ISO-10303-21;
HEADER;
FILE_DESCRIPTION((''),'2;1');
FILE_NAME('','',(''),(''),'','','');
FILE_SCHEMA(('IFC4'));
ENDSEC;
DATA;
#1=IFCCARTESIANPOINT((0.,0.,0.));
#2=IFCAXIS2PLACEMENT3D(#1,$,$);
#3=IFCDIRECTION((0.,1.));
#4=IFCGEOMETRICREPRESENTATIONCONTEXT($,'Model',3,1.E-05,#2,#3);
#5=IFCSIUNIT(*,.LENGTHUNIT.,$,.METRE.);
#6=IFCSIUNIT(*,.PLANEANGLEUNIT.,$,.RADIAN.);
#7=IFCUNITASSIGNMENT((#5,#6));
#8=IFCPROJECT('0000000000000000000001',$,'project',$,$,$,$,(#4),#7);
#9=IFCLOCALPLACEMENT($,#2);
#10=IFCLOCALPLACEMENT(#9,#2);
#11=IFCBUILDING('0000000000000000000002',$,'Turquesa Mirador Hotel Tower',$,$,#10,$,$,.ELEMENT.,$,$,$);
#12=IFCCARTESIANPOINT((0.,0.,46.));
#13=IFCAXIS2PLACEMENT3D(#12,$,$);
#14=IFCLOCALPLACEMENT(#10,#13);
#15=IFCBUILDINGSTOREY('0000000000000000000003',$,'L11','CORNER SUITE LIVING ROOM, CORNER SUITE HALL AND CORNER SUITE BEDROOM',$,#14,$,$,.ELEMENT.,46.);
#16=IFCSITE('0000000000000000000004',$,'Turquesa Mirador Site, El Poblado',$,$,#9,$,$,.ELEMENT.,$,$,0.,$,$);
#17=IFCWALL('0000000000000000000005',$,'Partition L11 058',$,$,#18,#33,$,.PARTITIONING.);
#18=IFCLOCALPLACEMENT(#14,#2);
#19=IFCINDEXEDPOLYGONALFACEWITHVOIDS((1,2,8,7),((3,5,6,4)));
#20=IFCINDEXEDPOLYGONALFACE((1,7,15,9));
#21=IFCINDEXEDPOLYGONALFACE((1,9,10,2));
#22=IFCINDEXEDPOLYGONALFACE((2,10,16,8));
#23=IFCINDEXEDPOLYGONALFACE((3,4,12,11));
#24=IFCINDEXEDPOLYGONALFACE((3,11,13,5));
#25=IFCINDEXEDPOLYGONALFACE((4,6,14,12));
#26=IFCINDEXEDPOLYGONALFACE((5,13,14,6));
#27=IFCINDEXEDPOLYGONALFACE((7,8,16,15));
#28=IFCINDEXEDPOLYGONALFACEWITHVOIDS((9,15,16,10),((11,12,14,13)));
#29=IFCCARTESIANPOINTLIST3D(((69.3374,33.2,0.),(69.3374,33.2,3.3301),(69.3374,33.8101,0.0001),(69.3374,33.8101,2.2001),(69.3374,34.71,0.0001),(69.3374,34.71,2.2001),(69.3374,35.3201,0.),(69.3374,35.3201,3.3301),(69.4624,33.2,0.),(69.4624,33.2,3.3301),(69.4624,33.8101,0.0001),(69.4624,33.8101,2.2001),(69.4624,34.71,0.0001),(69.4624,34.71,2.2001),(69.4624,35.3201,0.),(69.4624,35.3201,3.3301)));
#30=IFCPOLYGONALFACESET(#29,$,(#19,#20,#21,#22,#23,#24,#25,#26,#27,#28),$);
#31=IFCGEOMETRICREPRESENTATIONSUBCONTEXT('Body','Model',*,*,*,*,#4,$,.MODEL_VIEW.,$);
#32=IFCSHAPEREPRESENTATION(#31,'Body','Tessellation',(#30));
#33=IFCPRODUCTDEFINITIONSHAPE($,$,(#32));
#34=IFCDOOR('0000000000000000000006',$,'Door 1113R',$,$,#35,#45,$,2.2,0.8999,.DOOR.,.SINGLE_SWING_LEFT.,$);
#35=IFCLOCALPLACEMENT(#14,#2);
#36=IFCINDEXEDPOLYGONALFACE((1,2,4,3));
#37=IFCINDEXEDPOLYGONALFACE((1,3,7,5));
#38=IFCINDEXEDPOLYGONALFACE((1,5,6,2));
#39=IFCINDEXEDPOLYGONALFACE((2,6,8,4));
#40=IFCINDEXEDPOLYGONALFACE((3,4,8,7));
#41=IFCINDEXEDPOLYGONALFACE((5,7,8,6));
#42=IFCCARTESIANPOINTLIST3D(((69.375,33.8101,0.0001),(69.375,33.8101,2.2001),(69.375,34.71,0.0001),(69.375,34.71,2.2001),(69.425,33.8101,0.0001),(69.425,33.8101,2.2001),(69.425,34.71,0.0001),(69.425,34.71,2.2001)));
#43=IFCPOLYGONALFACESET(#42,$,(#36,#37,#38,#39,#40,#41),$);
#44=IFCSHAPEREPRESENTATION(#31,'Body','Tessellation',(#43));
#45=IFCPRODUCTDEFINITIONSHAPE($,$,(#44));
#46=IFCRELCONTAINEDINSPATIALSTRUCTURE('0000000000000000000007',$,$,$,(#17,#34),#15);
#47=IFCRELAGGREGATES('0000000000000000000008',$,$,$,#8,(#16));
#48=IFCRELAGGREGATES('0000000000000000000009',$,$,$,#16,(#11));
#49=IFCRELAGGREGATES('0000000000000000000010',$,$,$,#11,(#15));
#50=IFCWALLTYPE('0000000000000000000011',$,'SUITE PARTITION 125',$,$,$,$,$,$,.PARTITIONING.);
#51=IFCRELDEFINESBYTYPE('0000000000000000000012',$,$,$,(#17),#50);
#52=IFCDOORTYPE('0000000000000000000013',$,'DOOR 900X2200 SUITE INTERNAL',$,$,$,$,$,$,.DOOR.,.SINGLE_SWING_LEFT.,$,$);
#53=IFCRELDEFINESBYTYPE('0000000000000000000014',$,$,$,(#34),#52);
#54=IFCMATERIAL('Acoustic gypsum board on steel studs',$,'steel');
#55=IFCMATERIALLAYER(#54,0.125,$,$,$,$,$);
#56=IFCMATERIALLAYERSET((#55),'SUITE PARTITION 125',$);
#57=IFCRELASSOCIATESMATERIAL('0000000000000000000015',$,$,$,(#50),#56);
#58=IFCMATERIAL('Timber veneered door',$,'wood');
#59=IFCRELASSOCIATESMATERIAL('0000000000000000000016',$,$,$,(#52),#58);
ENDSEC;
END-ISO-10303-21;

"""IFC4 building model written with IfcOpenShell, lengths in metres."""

from ifc_helpers import new_model, si_unit, direction, frame, frame_2d, origin, place, context, subcontext, project, spatial, rectangle, extrude, material, layer, layer_set, type_object, element, fill, save


model = new_model("IFC4")

# Units and contexts
model_context = context("Model", 3, precision=1e-05, world=origin(), true_north=direction((0.0, 1.0)))
body_context = subcontext(model_context, "Body", "Model", "MODEL_VIEW")
ifc_project = project(units=[si_unit("LENGTHUNIT", "METRE"), si_unit("PLANEANGLEUNIT", "RADIAN")], contexts=[model_context])

# Site, building, storey
site_placement = place(None, origin())
site = spatial("IfcSite", under=ifc_project, at=site_placement, Name="Turquesa Mirador Site, El Poblado", CompositionType="ELEMENT", RefElevation=0.0)
building_placement = place(site_placement, origin())
building = spatial("IfcBuilding", under=site, at=building_placement, Name="Turquesa Mirador Hotel Tower", CompositionType="ELEMENT")
storey_placement = place(building_placement, frame((0.0, 0.0, 46.0)))
storey = spatial("IfcBuildingStorey", under=building, at=storey_placement, Name="L11", Description="CORNER SUITE LIVING ROOM, CORNER SUITE HALL AND CORNER SUITE BEDROOM", CompositionType="ELEMENT", Elevation=46.0)

# Wall, opening, door
ifc_material_1 = material(Name="Acoustic gypsum board on steel studs", Category="steel")
ifc_layer_1 = layer(ifc_material_1, 0.125)
ifc_layer_set_1 = layer_set([ifc_layer_1], Name="SUITE PARTITION 125")
wall_type_1 = type_object("IfcWallType", Name="SUITE PARTITION 125", PredefinedType="PARTITIONING", material=ifc_layer_set_1)
wall_1_placement = place(storey_placement, frame((69.3999, 33.2, 0.0), z_axis=(0.0, 0.0, 1.0), x_axis=(0.0, 1.0, 0.0)))
wall_1 = element("IfcWall", 1, at=wall_1_placement, inside=storey, type_object=wall_type_1, Name="Partition L11 058", PredefinedType="PARTITIONING", context=body_context, shape_type="SweptSolid", body=[
    extrude(rectangle(XDim=2.1201, YDim=0.125, at=frame_2d((1.0601, 0.0))), origin(), (0.0, 0.0, 1.0), 3.3301),
])
opening_1_placement = place(wall_1_placement, frame((0.6101, 0.0, 0.0)))
opening_1 = element("IfcOpeningElement", 2, at=opening_1_placement, cuts=wall_1, PredefinedType="OPENING", context=body_context, shape_type="SweptSolid", body=[
    extrude(rectangle(XDim=0.8999, YDim=2.2, at=frame_2d((0.45, 1.1001))), frame((0.0, 0.0725, 0.0), z_axis=(0.0, -1.0, 0.0), x_axis=(1.0, 0.0, 0.0)), (0.0, 0.0, 1.0), 0.145),
])
ifc_material_2 = material(Name="Timber veneered door", Category="wood")
door_type = type_object("IfcDoorType", Name="DOOR 900X2200 SUITE INTERNAL", OperationType="SINGLE_SWING_LEFT", PredefinedType="DOOR", material=ifc_material_2)
door_placement = place(opening_1_placement, origin())
door = element("IfcDoor", 3, at=door_placement, inside=storey, type_object=door_type, Name="Door 1113R", OperationType="SINGLE_SWING_LEFT", OverallHeight=2.2, OverallWidth=0.8999, PredefinedType="DOOR", context=body_context, shape_type="SweptSolid", body=[
    extrude(rectangle(XDim=0.8999, YDim=2.2, at=frame_2d((0.45, 1.1001))), frame((0.0, 0.0249, 0.0), z_axis=(0.0, -1.0, 0.0), x_axis=(1.0, 0.0, 0.0)), (0.0, 0.0, 1.0), 0.05),
])
fill(opening_1, door)

save(model, "model.ifc")
